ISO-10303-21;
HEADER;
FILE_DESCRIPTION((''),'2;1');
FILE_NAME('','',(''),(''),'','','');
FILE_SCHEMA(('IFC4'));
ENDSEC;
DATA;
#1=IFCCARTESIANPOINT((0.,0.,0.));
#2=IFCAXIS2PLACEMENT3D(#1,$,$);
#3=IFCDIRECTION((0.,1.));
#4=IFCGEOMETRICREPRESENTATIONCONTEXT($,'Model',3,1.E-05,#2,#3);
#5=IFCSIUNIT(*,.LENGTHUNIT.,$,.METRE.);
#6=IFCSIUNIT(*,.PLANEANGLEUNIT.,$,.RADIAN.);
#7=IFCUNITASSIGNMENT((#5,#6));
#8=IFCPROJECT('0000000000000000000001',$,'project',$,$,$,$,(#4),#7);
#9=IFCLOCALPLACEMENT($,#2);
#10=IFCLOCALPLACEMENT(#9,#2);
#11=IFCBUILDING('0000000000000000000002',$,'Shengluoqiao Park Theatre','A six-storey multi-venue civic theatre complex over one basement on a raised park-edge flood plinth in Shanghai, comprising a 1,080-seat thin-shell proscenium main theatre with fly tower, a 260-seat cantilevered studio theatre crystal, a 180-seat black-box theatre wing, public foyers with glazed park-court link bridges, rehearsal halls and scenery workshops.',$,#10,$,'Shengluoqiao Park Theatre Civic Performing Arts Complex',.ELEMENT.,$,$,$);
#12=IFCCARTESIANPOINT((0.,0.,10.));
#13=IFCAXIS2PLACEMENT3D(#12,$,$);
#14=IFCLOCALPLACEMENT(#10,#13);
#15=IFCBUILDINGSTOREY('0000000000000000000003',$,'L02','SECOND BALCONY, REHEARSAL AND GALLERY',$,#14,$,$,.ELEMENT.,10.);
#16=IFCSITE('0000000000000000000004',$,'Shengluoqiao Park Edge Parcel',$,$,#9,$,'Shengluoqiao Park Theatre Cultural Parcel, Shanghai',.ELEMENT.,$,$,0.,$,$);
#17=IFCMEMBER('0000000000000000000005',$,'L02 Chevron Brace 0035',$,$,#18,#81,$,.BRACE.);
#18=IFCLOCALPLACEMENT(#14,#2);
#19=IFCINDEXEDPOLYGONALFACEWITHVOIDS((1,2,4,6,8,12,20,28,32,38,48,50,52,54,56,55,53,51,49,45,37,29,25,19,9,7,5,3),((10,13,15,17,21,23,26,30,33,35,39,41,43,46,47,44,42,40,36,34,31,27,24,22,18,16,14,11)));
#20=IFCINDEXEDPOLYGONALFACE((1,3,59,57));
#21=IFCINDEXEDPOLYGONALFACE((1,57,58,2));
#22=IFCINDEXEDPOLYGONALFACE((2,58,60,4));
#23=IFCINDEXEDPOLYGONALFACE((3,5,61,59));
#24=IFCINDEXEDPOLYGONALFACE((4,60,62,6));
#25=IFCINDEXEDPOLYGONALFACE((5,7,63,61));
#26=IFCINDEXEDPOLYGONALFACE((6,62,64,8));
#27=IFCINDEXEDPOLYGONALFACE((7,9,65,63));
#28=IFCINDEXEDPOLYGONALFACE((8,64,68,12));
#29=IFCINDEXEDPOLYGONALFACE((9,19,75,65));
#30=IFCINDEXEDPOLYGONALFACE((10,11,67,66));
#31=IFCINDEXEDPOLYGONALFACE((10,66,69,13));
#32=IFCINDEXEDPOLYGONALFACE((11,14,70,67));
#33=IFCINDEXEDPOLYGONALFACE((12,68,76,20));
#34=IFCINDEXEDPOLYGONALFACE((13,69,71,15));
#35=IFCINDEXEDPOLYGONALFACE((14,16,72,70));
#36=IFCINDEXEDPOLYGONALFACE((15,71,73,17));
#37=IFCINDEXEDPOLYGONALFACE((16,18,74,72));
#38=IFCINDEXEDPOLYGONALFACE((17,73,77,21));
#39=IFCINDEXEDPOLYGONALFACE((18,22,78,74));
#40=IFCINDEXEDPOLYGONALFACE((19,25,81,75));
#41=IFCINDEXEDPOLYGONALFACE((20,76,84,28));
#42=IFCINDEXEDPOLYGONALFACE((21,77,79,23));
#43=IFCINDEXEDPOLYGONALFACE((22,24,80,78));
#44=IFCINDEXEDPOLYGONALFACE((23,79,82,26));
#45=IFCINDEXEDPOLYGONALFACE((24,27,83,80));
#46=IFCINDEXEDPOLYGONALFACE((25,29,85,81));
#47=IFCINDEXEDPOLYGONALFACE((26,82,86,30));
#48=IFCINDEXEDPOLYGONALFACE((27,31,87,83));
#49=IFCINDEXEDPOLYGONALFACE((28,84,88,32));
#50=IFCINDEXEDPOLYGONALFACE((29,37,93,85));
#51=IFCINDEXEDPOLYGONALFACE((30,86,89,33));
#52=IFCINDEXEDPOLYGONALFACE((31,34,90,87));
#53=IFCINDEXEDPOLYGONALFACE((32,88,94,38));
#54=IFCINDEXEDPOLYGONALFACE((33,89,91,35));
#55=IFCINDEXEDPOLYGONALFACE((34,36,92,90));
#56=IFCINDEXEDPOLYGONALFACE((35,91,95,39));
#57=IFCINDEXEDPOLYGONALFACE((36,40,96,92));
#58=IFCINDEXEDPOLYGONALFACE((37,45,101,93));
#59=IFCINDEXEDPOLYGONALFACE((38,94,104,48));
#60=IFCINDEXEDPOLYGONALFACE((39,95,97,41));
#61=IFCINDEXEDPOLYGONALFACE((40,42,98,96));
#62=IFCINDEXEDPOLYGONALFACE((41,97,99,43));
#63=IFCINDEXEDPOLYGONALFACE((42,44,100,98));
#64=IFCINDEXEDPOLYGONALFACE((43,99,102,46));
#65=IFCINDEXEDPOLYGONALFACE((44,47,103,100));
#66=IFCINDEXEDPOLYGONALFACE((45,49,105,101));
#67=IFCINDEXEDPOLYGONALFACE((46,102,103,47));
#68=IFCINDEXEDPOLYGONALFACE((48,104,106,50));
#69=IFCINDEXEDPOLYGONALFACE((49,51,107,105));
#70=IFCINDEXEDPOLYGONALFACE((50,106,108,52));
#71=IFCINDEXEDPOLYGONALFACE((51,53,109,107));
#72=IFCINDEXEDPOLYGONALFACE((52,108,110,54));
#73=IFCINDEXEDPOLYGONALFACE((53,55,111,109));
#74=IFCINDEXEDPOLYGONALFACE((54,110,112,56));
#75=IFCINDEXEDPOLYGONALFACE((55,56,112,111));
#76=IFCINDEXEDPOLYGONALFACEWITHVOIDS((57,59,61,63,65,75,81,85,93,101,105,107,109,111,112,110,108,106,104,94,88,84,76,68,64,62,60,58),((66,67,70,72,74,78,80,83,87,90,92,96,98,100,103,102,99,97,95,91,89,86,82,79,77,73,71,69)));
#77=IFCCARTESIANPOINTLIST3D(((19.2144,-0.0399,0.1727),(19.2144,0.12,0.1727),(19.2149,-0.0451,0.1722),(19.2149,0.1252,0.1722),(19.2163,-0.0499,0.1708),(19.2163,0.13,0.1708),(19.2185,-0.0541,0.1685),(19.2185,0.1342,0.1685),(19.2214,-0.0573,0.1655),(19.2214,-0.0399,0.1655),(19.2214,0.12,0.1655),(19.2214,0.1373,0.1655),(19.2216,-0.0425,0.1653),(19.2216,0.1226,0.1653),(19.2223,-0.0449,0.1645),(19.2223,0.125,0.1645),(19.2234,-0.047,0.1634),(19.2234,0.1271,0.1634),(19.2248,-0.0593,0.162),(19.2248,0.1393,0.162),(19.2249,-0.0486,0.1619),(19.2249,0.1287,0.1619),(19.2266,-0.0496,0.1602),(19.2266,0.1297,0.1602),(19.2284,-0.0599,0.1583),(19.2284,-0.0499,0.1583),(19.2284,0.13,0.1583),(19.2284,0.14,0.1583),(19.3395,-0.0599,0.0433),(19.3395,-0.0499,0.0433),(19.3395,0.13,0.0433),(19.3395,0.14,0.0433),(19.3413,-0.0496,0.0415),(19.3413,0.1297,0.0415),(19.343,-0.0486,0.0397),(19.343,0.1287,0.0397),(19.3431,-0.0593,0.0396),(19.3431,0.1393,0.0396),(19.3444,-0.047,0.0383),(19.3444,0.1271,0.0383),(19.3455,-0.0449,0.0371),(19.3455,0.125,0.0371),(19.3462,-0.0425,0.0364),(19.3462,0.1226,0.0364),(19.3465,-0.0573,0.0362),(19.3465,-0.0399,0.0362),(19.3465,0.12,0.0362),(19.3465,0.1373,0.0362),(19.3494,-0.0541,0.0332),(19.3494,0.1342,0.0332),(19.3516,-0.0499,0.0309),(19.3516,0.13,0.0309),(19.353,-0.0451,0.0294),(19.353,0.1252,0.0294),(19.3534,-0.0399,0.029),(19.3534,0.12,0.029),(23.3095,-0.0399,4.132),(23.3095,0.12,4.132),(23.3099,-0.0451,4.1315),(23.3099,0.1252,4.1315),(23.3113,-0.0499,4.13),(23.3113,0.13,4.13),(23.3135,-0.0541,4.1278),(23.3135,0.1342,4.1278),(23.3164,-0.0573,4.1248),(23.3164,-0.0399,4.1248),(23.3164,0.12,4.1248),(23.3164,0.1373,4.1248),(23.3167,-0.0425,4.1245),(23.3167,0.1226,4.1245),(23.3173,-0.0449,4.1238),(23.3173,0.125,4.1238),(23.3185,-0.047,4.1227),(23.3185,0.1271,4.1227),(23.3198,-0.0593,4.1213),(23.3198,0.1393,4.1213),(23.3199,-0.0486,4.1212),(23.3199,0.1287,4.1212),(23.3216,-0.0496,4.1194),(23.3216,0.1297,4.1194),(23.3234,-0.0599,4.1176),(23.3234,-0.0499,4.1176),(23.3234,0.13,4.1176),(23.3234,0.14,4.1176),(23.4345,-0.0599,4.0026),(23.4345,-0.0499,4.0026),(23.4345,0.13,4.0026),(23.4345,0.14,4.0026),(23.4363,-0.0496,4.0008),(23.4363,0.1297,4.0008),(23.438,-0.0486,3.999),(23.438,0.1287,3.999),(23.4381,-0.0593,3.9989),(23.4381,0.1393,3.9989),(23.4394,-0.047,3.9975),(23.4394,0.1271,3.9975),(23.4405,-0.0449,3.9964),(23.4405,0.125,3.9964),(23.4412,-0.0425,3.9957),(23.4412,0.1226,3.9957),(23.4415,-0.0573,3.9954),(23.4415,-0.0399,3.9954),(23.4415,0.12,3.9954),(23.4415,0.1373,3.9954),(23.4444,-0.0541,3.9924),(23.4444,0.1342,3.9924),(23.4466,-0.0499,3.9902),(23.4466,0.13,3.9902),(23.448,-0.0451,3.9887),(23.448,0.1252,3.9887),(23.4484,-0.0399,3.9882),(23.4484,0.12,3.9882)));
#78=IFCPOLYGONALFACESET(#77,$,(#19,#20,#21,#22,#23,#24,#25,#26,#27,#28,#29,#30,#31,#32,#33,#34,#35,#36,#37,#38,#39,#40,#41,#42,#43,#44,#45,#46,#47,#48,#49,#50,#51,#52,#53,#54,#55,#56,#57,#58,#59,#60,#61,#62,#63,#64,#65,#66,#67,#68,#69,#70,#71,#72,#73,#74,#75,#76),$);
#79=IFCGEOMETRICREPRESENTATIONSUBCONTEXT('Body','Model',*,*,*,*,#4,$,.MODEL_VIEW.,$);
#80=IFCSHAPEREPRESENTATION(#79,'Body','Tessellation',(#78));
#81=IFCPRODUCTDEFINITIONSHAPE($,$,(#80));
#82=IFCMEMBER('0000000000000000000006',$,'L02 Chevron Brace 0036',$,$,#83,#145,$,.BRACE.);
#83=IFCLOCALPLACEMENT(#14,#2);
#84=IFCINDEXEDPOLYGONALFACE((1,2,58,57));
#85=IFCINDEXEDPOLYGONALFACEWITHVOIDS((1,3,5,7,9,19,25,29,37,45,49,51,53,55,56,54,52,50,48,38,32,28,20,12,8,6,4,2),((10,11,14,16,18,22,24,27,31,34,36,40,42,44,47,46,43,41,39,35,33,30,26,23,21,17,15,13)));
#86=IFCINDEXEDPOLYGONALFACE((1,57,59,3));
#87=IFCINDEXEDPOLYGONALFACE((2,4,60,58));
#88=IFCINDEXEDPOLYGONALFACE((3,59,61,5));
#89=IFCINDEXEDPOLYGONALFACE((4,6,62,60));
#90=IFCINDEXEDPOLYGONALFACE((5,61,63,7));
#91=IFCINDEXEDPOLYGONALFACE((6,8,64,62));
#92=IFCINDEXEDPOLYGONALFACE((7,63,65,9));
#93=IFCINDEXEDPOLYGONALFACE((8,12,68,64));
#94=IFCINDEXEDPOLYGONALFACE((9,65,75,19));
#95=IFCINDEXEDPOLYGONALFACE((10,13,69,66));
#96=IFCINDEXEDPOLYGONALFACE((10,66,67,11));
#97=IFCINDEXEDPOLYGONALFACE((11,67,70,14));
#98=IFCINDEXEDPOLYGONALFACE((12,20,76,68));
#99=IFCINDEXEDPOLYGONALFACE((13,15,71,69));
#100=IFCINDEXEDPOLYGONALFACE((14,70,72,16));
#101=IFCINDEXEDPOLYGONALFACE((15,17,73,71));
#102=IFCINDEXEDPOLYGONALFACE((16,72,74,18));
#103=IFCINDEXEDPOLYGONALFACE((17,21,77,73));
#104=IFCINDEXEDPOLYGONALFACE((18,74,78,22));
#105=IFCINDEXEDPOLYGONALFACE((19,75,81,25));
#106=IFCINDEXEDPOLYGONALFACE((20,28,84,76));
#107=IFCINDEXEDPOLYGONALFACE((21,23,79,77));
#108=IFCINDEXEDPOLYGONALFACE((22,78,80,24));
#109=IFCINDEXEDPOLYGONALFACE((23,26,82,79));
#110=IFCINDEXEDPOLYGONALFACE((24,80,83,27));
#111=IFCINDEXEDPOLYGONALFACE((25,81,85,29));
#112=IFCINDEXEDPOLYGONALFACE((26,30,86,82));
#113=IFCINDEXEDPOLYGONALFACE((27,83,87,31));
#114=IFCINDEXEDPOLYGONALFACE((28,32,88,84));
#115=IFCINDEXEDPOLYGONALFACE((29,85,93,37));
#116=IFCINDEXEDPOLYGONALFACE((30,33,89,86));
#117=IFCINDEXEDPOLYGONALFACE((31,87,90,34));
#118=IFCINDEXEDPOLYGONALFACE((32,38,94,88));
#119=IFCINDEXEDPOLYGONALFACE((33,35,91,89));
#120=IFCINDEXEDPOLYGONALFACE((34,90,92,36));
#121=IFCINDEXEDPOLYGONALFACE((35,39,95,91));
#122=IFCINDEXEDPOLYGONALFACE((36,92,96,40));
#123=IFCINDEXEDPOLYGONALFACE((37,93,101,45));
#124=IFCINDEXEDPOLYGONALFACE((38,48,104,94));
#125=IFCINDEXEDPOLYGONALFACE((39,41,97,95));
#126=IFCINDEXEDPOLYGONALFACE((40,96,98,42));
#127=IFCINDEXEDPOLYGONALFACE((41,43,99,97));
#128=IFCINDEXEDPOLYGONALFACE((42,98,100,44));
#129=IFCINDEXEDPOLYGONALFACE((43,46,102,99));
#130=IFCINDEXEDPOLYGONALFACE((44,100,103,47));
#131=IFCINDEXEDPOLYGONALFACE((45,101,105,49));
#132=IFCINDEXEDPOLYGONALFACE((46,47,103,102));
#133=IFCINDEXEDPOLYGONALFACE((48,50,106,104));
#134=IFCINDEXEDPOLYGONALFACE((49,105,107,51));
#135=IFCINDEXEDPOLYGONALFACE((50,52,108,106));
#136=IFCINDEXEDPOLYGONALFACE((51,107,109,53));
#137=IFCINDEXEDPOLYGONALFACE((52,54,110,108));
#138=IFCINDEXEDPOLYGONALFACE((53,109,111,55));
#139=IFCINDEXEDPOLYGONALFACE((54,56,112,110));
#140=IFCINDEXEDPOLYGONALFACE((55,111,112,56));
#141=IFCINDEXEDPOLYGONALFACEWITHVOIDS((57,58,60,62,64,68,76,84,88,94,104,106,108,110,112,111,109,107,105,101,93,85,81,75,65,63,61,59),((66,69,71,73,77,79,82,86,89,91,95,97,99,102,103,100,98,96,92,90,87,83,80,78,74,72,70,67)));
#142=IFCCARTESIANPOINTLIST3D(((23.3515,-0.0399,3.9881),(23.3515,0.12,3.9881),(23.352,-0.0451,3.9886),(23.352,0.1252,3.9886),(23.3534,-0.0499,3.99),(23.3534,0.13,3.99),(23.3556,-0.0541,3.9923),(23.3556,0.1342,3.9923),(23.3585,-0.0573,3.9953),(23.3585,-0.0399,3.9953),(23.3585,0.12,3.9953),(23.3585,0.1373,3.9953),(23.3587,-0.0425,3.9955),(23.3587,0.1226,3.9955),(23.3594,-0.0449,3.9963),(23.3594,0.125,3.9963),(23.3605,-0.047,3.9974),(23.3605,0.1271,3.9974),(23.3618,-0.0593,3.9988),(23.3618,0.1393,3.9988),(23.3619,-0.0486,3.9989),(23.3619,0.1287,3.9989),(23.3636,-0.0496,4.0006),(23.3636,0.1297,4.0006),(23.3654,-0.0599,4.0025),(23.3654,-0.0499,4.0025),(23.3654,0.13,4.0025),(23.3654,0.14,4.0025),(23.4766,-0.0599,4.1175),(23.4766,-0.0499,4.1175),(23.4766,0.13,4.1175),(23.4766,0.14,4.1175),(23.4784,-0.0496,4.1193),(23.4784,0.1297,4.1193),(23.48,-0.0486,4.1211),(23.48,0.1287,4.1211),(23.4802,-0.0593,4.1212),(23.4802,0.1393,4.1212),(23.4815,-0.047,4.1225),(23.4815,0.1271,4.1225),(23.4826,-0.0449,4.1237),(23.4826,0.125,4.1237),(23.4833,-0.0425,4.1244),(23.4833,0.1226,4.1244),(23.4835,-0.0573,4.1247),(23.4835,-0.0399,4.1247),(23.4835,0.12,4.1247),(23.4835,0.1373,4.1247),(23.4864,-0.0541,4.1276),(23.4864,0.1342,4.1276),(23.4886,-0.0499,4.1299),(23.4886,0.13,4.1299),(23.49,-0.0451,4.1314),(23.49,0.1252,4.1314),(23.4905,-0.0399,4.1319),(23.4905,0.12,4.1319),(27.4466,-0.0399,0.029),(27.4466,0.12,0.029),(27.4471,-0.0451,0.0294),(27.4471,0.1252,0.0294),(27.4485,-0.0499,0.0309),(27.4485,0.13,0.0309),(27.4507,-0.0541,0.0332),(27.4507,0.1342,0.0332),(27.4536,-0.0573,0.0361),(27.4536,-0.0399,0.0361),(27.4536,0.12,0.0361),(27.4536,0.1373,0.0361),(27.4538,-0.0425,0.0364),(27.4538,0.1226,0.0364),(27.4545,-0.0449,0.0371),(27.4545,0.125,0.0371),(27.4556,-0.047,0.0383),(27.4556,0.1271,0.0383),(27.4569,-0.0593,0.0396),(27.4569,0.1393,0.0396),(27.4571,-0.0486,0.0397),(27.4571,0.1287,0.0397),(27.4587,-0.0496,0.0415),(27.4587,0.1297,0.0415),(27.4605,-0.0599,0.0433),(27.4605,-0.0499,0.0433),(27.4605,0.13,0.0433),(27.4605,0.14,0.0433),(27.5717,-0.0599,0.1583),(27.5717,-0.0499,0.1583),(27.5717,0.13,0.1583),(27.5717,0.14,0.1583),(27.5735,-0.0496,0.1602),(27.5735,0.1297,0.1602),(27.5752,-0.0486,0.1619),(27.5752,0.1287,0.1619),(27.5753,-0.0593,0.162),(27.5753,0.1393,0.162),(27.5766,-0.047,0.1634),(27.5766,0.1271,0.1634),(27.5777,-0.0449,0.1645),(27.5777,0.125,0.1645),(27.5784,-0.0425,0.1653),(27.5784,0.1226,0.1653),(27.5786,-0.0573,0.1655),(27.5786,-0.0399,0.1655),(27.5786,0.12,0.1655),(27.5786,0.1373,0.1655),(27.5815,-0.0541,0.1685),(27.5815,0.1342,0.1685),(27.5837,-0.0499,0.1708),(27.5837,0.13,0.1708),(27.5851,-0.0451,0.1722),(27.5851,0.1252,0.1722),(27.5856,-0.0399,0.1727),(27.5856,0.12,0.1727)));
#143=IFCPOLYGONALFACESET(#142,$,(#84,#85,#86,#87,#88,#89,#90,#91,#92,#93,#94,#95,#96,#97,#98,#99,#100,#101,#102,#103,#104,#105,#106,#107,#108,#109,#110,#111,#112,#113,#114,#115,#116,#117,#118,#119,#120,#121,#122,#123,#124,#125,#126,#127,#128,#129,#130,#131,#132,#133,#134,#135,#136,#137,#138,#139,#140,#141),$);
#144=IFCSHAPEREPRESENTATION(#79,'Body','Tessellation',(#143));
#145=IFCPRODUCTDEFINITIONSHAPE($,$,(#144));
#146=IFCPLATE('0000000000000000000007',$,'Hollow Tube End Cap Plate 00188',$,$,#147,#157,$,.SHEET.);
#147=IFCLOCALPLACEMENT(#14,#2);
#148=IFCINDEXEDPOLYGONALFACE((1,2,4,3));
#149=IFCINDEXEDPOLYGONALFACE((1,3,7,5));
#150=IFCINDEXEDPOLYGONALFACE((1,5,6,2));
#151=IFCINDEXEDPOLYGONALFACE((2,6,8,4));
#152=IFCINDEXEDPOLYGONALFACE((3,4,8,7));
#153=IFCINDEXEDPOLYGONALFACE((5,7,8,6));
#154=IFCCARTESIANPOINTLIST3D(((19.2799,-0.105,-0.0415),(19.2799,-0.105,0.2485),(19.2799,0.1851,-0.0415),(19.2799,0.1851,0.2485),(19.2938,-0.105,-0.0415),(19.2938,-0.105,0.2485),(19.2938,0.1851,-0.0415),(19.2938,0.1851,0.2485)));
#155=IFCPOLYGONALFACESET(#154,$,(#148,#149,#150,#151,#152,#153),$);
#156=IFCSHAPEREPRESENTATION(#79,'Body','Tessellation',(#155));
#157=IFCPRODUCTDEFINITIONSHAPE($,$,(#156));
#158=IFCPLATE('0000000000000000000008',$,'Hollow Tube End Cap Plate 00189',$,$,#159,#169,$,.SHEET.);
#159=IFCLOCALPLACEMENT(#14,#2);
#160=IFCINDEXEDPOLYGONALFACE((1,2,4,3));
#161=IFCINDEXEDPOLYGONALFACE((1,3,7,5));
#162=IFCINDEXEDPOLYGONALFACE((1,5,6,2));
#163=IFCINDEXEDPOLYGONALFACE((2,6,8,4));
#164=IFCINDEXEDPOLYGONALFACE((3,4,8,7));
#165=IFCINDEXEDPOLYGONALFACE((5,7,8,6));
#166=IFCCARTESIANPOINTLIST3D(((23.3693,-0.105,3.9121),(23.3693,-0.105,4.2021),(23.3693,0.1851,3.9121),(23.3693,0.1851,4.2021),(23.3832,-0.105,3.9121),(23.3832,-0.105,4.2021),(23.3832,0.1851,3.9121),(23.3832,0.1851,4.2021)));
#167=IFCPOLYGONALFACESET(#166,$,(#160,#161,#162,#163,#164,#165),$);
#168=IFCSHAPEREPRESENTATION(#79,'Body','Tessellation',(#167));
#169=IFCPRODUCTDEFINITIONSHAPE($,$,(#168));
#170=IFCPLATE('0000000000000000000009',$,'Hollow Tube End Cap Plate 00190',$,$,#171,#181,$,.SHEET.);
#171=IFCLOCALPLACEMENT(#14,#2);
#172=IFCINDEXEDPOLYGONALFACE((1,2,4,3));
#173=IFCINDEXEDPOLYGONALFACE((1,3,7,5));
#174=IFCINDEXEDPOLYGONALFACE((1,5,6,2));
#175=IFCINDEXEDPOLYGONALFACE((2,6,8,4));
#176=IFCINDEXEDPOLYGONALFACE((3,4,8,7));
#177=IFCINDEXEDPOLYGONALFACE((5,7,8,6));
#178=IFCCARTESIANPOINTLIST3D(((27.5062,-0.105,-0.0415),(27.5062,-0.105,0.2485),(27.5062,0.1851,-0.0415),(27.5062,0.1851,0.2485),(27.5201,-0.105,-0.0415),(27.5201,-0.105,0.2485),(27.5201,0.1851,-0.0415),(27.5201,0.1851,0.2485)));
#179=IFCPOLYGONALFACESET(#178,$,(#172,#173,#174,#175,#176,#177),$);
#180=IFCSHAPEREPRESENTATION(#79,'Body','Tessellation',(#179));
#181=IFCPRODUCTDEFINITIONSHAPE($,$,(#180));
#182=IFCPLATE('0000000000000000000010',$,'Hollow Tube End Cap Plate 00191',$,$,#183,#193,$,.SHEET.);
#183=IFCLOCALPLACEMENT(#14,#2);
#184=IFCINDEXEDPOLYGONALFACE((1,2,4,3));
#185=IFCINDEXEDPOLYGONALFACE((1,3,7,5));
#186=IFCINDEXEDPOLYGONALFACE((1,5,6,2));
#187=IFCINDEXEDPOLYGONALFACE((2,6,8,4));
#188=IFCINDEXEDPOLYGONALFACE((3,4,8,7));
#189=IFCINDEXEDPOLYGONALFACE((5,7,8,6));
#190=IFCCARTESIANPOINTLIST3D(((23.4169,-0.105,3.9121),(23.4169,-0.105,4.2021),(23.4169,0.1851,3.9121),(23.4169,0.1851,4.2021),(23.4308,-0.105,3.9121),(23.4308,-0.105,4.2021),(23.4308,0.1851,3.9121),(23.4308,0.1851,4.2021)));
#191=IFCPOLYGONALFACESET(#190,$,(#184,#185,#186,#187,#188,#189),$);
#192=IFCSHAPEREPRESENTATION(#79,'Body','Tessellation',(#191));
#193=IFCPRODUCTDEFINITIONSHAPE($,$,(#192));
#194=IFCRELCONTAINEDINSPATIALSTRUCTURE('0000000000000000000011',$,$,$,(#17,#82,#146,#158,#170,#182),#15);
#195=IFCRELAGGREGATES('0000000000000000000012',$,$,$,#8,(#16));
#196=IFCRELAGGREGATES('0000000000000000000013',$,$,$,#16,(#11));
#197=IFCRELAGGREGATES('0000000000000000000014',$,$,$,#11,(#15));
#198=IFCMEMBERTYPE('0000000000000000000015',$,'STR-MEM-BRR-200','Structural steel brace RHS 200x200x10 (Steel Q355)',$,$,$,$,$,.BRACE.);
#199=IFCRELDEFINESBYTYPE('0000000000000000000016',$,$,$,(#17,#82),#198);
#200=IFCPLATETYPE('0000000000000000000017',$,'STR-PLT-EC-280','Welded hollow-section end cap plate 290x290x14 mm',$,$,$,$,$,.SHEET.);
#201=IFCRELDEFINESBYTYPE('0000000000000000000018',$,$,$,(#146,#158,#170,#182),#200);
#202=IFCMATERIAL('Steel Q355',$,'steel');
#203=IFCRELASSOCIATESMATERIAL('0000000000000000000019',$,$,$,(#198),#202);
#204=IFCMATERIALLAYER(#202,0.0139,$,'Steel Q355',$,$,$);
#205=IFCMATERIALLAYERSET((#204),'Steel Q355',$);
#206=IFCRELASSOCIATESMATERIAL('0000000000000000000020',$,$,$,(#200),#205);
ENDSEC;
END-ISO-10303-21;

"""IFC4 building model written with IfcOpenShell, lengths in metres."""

from ifc_helpers import new_model, si_unit, direction, frame, origin, origin_2d, place, context, subcontext, project, spatial, rectangle, hollow_rectangle, extrude, material, layer, layer_set, material_profile, profile_set, type_object, element, save


model = new_model("IFC4")

# Units and contexts
model_context = context("Model", 3, precision=1e-05, world=origin(), true_north=direction((0.0, 1.0)))
body_context = subcontext(model_context, "Body", "Model", "MODEL_VIEW")
ifc_project = project(units=[si_unit("LENGTHUNIT", "METRE"), si_unit("PLANEANGLEUNIT", "RADIAN")], contexts=[model_context])

# Site, building, storey
site_placement = place(None, origin())
site = spatial("IfcSite", under=ifc_project, at=site_placement, Name="Shengluoqiao Park Edge Parcel", LongName="Shengluoqiao Park Theatre Cultural Parcel, Shanghai", CompositionType="ELEMENT", RefElevation=0.0)
building_placement = place(site_placement, origin())
building = spatial("IfcBuilding", under=site, at=building_placement, Name="Shengluoqiao Park Theatre", Description="A six-storey multi-venue civic theatre complex over one basement on a raised park-edge flood plinth in Shanghai, comprising a 1,080-seat thin-shell proscenium main theatre with fly tower, a 260-seat cantilevered studio theatre crystal, a 180-seat black-box theatre wing, public foyers with glazed park-court link bridges, rehearsal halls and scenery workshops.", LongName="Shengluoqiao Park Theatre Civic Performing Arts Complex", CompositionType="ELEMENT")
storey_placement = place(building_placement, frame((0.0, 0.0, 10.0)))
storey = spatial("IfcBuildingStorey", under=building, at=storey_placement, Name="L02", Description="SECOND BALCONY, REHEARSAL AND GALLERY", CompositionType="ELEMENT", Elevation=10.0)

# Shared definitions
ifc_material_1 = material(Name="Steel Q355", Category="steel")

# Members
ifc_material_profile_1 = material_profile(ifc_material_1, hollow_rectangle(XDim=0.2, YDim=0.2, WallThickness=0.01, InnerFilletRadius=0.01, OuterFilletRadius=0.02, at=origin_2d()), Name="RHS 200x200x10")
ifc_profile_set_1 = profile_set([ifc_material_profile_1], Name="Steel Q355")
member_type = type_object("IfcMemberType", Name="STR-MEM-BRR-200", Description="Structural steel brace RHS 200x200x10 (Steel Q355)", PredefinedType="BRACE", material=ifc_profile_set_1)
for number, where, z_axis, x_axis, name in (
    (1, (19.2839, 0.04, 0.1008), (0.718922, 0.0, 0.695091), (0.0, 1.0, 0.0), "L02 Chevron Brace 0035"),
    (2, (27.5161, 0.04, 0.1008), (-0.718943, 0.0, 0.695069), (0.0, -1.0, 0.0), "L02 Chevron Brace 0036"),
):
    element("IfcMember", number, at=place(storey_placement, frame(where, z_axis=z_axis, x_axis=x_axis)), inside=storey, type_object=member_type, Name=name, PredefinedType="BRACE", context=body_context, shape_type="SweptSolid", body=[
        extrude(hollow_rectangle(XDim=0.2, YDim=0.2, WallThickness=0.01, InnerFilletRadius=0.01, OuterFilletRadius=0.02, at=origin_2d()), origin(), (0.0, 0.0, 1.0), 5.696),
    ])

# Plates
ifc_layer_1 = layer(ifc_material_1, 0.0139, Name="Steel Q355")
ifc_layer_set_1 = layer_set([ifc_layer_1], Name="Steel Q355")
plate_type = type_object("IfcPlateType", Name="STR-PLT-EC-280", Description="Welded hollow-section end cap plate 290x290x14 mm", PredefinedType="SHEET", material=ifc_layer_set_1)
for number, where, z_axis, x_axis, name in (
    (3, (19.2869, 0.04, -0.0415), (0.0, 0.0, 1.0), (1.0, 0.0, 0.0), "Hollow Tube End Cap Plate 00188"),
    (4, (23.3762, 0.04, 3.9121), (0.0, 0.0, 1.0), (1.0, 0.0, 0.0), "Hollow Tube End Cap Plate 00189"),
    (5, (27.5132, 0.04, -0.0415), (0.0, 0.0, 1.0), (-1.0, 0.0, 0.0), "Hollow Tube End Cap Plate 00190"),
    (6, (23.4238, 0.04, 3.9121), (0.0, 0.0, 1.0), (-1.0, 0.0, 0.0), "Hollow Tube End Cap Plate 00191"),
):
    element("IfcPlate", number, at=place(storey_placement, frame(where, z_axis=z_axis, x_axis=x_axis)), inside=storey, type_object=plate_type, Name=name, PredefinedType="SHEET", context=body_context, shape_type="SweptSolid", body=[
        extrude(rectangle(XDim=0.0139, YDim=0.29, at=origin_2d()), origin(), (0.0, 0.0, 1.0), 0.29),
    ])

save(model, "model.ifc")
